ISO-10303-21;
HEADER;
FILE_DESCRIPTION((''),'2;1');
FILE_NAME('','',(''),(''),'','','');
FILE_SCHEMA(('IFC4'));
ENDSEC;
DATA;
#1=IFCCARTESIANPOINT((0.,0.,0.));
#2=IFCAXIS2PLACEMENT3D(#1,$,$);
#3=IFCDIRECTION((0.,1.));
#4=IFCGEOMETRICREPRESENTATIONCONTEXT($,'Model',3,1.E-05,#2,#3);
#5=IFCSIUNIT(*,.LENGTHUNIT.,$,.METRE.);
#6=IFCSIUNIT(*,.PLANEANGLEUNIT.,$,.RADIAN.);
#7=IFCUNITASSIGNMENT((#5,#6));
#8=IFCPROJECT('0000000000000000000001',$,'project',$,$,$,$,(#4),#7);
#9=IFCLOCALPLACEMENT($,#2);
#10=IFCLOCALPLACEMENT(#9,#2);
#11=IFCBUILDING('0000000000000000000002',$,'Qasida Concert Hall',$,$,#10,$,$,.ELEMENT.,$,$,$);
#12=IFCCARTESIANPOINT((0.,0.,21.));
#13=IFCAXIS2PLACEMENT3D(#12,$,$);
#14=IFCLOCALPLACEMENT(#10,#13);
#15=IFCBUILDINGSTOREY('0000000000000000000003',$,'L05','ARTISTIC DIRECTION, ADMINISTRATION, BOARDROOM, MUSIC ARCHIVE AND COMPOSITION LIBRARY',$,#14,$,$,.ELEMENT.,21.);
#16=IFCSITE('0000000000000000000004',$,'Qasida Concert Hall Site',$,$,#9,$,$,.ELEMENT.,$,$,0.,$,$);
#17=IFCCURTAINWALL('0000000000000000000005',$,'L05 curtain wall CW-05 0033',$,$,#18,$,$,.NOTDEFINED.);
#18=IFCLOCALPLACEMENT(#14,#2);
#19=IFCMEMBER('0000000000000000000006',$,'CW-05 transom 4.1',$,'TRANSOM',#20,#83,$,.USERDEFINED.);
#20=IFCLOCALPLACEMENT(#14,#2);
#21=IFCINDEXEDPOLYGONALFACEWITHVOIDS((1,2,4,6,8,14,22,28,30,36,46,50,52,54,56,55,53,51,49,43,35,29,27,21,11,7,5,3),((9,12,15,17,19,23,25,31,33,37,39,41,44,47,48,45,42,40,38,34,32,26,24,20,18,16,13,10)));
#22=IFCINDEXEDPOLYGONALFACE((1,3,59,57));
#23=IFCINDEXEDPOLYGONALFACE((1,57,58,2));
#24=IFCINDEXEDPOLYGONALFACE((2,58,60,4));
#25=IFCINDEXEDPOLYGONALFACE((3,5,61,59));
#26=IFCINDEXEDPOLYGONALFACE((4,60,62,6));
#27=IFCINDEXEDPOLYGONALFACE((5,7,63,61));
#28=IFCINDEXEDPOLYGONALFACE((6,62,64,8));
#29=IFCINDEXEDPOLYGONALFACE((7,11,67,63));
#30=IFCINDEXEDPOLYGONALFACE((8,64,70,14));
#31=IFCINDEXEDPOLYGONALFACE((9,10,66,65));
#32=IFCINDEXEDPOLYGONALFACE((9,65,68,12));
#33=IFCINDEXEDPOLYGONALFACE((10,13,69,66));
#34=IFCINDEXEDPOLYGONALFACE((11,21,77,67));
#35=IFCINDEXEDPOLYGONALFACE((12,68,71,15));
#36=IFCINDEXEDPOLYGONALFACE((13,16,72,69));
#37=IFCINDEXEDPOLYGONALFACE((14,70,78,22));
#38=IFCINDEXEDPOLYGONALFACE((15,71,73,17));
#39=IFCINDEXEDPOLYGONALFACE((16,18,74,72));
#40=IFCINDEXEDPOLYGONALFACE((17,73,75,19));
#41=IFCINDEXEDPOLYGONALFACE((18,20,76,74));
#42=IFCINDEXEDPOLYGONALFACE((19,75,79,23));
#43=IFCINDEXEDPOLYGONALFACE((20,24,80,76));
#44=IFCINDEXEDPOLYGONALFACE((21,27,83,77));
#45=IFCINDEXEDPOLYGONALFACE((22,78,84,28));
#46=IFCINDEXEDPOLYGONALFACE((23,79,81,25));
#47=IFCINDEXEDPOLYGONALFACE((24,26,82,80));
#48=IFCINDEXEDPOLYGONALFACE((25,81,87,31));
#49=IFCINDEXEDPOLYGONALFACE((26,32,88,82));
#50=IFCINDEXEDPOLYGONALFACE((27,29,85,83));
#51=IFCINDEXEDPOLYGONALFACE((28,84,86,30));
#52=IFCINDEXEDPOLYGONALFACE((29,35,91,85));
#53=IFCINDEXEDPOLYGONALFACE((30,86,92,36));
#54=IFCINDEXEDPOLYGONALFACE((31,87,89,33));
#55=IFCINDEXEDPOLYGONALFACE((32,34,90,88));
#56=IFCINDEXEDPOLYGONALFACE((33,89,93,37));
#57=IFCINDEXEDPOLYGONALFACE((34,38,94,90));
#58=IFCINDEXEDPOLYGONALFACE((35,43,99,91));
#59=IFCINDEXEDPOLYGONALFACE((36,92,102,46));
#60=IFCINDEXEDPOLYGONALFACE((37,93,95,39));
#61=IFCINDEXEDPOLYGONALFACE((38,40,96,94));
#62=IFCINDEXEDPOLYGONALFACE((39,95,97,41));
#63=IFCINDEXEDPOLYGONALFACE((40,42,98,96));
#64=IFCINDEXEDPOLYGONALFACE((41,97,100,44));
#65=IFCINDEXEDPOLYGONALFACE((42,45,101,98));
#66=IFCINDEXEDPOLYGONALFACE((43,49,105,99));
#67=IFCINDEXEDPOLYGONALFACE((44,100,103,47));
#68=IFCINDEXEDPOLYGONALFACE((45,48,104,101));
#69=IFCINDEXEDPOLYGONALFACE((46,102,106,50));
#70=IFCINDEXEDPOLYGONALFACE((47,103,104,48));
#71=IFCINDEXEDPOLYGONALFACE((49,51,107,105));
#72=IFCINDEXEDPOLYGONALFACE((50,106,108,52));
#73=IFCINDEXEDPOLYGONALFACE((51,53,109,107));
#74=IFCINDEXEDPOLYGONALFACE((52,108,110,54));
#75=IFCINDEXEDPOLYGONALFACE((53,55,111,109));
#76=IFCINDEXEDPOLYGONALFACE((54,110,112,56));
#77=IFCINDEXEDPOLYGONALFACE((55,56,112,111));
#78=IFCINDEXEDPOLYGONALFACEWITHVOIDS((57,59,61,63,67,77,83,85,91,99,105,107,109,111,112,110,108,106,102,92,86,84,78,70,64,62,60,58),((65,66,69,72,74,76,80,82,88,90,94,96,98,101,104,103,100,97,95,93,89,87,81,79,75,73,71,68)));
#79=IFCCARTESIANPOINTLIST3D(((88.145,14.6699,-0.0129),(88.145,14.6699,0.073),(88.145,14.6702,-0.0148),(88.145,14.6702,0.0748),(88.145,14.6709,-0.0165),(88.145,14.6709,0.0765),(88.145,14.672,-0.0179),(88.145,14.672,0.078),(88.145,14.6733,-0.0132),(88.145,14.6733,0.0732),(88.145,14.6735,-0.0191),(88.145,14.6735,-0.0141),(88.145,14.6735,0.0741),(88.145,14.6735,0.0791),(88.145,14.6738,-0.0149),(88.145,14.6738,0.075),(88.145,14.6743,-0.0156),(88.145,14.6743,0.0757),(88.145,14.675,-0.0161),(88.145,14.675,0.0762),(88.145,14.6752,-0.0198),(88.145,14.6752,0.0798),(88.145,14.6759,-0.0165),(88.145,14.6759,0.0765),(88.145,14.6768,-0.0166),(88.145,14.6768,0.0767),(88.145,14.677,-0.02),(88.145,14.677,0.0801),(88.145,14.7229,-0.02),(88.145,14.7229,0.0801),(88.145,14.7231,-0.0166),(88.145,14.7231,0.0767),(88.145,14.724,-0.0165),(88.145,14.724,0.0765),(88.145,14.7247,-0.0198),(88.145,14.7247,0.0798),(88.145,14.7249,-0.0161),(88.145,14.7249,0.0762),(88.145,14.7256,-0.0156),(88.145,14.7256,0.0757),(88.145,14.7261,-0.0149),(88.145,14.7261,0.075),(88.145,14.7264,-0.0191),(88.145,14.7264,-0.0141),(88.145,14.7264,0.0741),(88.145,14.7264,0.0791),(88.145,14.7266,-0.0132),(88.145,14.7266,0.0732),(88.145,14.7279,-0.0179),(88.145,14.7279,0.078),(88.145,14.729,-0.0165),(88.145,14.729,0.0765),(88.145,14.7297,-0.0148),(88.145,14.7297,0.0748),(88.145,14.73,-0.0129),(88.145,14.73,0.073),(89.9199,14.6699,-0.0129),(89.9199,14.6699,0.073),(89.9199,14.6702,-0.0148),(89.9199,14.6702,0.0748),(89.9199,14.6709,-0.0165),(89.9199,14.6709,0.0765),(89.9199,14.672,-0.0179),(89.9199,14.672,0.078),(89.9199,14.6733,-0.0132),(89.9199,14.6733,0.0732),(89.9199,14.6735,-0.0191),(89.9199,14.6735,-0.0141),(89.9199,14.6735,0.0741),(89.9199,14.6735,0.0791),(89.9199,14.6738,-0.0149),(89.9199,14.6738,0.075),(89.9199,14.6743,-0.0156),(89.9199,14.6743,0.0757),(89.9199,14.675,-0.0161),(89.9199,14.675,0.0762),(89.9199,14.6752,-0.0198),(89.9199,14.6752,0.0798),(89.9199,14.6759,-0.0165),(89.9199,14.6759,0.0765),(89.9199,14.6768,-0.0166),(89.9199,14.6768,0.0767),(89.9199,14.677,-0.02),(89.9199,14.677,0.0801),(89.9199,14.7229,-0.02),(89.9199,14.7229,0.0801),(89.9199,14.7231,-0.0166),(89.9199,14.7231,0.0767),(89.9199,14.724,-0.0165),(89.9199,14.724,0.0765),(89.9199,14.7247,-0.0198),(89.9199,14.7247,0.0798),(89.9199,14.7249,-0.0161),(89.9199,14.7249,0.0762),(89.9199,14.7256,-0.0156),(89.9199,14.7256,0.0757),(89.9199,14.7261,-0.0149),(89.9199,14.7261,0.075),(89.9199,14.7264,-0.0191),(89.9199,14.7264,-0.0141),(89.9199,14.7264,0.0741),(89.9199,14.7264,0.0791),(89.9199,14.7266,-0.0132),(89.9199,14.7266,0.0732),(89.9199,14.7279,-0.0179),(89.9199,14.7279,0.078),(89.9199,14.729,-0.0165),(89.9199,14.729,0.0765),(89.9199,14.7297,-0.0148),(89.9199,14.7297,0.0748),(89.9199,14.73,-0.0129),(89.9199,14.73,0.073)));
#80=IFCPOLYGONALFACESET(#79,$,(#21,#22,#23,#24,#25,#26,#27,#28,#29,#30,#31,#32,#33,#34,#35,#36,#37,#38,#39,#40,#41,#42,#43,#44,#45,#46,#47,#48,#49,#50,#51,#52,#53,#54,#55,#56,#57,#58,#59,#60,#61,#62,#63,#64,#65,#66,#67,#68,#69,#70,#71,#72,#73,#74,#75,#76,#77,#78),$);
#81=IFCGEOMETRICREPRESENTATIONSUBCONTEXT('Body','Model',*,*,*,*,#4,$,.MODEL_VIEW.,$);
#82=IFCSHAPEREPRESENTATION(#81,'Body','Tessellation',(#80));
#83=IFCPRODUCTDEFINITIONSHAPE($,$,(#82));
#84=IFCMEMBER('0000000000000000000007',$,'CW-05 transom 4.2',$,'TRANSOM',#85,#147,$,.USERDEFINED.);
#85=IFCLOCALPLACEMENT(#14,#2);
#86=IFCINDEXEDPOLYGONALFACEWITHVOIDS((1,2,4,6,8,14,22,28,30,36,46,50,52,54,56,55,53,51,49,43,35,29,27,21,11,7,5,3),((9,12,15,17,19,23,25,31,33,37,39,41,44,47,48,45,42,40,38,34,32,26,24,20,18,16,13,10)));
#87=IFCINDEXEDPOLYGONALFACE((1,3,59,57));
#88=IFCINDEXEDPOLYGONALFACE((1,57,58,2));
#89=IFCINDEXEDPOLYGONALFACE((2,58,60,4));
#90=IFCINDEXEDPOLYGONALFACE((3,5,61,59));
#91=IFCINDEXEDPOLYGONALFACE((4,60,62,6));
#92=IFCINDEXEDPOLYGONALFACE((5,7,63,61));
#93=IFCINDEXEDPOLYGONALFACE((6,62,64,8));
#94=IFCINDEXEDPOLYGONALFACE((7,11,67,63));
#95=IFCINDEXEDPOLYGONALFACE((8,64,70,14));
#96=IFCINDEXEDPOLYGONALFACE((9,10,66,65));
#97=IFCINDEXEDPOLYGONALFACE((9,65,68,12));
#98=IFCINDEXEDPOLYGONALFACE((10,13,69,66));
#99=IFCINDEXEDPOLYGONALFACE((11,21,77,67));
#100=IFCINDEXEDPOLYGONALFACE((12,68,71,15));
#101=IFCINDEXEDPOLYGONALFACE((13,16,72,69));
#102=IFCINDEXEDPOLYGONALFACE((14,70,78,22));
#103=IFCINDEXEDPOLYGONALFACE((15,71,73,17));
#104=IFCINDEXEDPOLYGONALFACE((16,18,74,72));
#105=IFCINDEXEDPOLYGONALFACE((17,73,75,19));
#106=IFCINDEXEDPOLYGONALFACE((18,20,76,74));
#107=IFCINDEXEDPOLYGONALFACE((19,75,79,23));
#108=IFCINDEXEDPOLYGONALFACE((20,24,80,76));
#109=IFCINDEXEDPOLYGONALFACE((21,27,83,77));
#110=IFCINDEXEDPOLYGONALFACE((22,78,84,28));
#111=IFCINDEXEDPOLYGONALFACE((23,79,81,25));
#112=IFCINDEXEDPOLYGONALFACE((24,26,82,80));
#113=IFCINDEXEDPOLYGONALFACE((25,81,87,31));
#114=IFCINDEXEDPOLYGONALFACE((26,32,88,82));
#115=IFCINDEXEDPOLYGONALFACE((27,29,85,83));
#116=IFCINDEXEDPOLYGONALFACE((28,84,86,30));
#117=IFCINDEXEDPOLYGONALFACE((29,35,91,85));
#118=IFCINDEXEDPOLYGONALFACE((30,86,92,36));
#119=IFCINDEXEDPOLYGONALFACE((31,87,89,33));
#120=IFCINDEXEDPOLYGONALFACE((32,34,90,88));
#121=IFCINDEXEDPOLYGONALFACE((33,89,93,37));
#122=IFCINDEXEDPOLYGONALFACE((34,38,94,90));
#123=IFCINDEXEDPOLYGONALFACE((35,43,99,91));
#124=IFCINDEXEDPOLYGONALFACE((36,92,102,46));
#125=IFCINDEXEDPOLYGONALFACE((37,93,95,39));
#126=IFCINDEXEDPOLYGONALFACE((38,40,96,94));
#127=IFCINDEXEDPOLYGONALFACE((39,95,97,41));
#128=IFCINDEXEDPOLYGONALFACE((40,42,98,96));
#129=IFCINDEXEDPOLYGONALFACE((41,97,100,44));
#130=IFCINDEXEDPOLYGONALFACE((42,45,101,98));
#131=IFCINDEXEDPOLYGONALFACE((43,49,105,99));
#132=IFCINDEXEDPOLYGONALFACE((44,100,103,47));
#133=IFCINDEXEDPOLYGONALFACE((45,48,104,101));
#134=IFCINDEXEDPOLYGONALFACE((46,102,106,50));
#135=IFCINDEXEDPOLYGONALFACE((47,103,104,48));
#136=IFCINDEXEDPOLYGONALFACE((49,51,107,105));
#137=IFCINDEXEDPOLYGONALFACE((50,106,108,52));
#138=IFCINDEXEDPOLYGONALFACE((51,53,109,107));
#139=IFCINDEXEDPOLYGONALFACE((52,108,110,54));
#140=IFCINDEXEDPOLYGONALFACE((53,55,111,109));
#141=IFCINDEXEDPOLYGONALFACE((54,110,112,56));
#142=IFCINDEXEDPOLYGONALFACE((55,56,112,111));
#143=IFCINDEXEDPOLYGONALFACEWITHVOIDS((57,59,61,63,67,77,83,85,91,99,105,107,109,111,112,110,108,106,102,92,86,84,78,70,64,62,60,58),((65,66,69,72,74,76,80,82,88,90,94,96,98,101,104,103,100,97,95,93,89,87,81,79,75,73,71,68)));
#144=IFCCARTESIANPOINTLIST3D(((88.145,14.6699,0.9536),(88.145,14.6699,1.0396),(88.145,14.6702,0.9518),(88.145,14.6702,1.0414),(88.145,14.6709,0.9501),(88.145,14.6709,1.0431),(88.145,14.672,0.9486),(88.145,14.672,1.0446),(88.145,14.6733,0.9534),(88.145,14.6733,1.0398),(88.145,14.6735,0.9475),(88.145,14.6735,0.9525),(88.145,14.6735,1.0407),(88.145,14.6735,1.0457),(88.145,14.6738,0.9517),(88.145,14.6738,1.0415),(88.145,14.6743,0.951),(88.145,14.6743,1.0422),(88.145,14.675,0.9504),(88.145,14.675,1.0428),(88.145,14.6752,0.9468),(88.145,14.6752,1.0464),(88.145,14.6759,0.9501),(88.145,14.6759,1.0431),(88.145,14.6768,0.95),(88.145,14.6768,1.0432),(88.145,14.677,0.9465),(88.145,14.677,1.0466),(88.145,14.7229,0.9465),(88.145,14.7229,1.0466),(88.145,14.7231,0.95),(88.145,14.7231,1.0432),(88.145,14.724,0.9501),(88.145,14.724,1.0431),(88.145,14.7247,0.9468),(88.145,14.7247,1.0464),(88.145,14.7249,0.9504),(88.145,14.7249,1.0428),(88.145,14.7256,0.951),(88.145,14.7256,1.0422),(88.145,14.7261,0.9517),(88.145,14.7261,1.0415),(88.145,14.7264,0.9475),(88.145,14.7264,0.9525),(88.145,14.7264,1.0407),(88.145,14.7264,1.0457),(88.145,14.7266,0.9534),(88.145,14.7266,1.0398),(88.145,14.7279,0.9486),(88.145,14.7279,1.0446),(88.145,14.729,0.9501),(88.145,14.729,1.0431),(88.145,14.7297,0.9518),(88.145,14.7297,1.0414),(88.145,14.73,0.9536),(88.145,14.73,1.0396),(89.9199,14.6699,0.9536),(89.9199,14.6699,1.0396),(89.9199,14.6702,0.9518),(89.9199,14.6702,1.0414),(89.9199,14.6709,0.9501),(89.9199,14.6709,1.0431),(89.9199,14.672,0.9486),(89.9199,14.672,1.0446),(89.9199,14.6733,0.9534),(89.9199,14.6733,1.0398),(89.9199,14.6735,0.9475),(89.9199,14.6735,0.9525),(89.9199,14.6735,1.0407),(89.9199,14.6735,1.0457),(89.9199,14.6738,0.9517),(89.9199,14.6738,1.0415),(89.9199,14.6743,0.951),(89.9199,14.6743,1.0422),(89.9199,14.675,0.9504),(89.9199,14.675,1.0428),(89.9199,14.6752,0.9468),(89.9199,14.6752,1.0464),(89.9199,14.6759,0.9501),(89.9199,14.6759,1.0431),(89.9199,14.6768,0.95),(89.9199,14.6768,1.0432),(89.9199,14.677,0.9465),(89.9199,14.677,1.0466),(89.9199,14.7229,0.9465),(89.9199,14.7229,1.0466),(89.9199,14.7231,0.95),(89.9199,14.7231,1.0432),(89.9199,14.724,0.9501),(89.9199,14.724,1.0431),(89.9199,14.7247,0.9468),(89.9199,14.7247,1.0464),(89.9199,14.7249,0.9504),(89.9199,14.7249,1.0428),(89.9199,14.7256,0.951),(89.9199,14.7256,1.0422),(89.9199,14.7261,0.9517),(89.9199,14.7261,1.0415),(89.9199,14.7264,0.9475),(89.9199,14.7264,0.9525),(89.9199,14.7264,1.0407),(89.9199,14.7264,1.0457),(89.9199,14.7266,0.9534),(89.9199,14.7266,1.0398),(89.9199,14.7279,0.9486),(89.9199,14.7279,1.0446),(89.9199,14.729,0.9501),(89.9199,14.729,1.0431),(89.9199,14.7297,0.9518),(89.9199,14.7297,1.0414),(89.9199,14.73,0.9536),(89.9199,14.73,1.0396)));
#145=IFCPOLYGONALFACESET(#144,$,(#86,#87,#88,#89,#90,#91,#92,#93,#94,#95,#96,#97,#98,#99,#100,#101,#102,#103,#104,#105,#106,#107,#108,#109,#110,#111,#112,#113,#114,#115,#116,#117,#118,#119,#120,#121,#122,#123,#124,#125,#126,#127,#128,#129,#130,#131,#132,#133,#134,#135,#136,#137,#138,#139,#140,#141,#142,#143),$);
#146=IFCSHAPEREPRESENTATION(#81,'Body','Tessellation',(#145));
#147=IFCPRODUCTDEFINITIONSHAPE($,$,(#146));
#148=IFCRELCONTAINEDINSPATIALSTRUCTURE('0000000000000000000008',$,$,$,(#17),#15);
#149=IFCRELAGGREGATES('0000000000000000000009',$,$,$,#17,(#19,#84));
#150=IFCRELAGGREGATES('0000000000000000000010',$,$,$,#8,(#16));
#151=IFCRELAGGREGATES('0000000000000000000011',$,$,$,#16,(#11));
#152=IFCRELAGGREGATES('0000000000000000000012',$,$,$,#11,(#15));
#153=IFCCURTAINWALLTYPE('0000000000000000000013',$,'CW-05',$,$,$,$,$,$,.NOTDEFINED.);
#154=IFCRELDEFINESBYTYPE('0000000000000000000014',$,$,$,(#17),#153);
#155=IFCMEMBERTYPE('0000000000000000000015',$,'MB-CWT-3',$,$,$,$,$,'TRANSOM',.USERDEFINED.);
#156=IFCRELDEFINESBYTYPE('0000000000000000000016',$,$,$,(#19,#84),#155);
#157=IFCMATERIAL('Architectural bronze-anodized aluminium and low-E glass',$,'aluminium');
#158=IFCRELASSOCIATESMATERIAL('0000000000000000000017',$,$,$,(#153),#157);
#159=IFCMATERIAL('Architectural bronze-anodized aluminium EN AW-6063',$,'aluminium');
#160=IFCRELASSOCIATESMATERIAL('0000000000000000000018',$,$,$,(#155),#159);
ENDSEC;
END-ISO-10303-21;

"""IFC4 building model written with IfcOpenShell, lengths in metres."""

from ifc_helpers import new_model, si_unit, direction, frame, origin, origin_2d, place, context, subcontext, project, spatial, hollow_rectangle, extrude, material, material_profile, profile_set, type_object, element, aggregate, save


model = new_model("IFC4")

# Units and contexts
model_context = context("Model", 3, precision=1e-05, world=origin(), true_north=direction((0.0, 1.0)))
body_context = subcontext(model_context, "Body", "Model", "MODEL_VIEW")
ifc_project = project(units=[si_unit("LENGTHUNIT", "METRE"), si_unit("PLANEANGLEUNIT", "RADIAN")], contexts=[model_context])

# Site, building, storey
site_placement = place(None, origin())
site = spatial("IfcSite", under=ifc_project, at=site_placement, Name="Qasida Concert Hall Site", CompositionType="ELEMENT", RefElevation=0.0)
building_placement = place(site_placement, origin())
building = spatial("IfcBuilding", under=site, at=building_placement, Name="Qasida Concert Hall", CompositionType="ELEMENT")
storey_placement = place(building_placement, frame((0.0, 0.0, 21.0)))
storey = spatial("IfcBuildingStorey", under=building, at=storey_placement, Name="L05", Description="ARTISTIC DIRECTION, ADMINISTRATION, BOARDROOM, MUSIC ARCHIVE AND COMPOSITION LIBRARY", CompositionType="ELEMENT", Elevation=21.0)

# Curtain wall, members
ifc_material_1 = material(Name="Architectural bronze-anodized aluminium and low-E glass", Category="aluminium")
curtain_wall_type = type_object("IfcCurtainWallType", Name="CW-05", PredefinedType="NOTDEFINED", material=ifc_material_1)
curtain_wall_placement = place(storey_placement, origin())
curtain_wall = element("IfcCurtainWall", 1, at=curtain_wall_placement, inside=storey, type_object=curtain_wall_type, Name="L05 curtain wall CW-05 0033", PredefinedType="NOTDEFINED")
ifc_material_2 = material(Name="Architectural bronze-anodized aluminium EN AW-6063", Category="aluminium")
ifc_material_profile_1 = material_profile(ifc_material_2, hollow_rectangle(XDim=0.0601, YDim=0.1001, WallThickness=0.0034, InnerFilletRadius=0.0034, OuterFilletRadius=0.0071, at=origin_2d()), Name="CWT 100x60x3.5")
ifc_profile_set_1 = profile_set([ifc_material_profile_1], Name="Architectural bronze-anodized aluminium EN AW-6063")
member_type_1 = type_object("IfcMemberType", Name="MB-CWT-3", ElementType="TRANSOM", PredefinedType="USERDEFINED", material=ifc_profile_set_1)
member_1_placement = place(storey_placement, frame((88.145, 14.7, 0.03), z_axis=(1.0, 0.0, 0.0), x_axis=(0.0, 1.0, 0.0)))
member_1 = element("IfcMember", 2, at=member_1_placement, type_object=member_type_1, Name="CW-05 transom 4.1", ObjectType="TRANSOM", PredefinedType="USERDEFINED", context=body_context, shape_type="SweptSolid", body=[
    extrude(hollow_rectangle(XDim=0.0601, YDim=0.1001, WallThickness=0.0034, InnerFilletRadius=0.0034, OuterFilletRadius=0.0071, at=origin_2d()), origin(), (0.0, 0.0, 1.0), 1.7749),
])
member_2_placement = place(storey_placement, frame((88.145, 14.7, 0.9966), z_axis=(1.0, 0.0, 0.0), x_axis=(0.0, 1.0, 0.0)))
member_2 = element("IfcMember", 3, at=member_2_placement, type_object=member_type_1, Name="CW-05 transom 4.2", ObjectType="TRANSOM", PredefinedType="USERDEFINED", context=body_context, shape_type="SweptSolid", body=[
    extrude(hollow_rectangle(XDim=0.0601, YDim=0.1001, WallThickness=0.0034, InnerFilletRadius=0.0034, OuterFilletRadius=0.0071, at=origin_2d()), origin(), (0.0, 0.0, 1.0), 1.7749),
])
aggregate(curtain_wall, [member_1, member_2])

save(model, "model.ifc")
